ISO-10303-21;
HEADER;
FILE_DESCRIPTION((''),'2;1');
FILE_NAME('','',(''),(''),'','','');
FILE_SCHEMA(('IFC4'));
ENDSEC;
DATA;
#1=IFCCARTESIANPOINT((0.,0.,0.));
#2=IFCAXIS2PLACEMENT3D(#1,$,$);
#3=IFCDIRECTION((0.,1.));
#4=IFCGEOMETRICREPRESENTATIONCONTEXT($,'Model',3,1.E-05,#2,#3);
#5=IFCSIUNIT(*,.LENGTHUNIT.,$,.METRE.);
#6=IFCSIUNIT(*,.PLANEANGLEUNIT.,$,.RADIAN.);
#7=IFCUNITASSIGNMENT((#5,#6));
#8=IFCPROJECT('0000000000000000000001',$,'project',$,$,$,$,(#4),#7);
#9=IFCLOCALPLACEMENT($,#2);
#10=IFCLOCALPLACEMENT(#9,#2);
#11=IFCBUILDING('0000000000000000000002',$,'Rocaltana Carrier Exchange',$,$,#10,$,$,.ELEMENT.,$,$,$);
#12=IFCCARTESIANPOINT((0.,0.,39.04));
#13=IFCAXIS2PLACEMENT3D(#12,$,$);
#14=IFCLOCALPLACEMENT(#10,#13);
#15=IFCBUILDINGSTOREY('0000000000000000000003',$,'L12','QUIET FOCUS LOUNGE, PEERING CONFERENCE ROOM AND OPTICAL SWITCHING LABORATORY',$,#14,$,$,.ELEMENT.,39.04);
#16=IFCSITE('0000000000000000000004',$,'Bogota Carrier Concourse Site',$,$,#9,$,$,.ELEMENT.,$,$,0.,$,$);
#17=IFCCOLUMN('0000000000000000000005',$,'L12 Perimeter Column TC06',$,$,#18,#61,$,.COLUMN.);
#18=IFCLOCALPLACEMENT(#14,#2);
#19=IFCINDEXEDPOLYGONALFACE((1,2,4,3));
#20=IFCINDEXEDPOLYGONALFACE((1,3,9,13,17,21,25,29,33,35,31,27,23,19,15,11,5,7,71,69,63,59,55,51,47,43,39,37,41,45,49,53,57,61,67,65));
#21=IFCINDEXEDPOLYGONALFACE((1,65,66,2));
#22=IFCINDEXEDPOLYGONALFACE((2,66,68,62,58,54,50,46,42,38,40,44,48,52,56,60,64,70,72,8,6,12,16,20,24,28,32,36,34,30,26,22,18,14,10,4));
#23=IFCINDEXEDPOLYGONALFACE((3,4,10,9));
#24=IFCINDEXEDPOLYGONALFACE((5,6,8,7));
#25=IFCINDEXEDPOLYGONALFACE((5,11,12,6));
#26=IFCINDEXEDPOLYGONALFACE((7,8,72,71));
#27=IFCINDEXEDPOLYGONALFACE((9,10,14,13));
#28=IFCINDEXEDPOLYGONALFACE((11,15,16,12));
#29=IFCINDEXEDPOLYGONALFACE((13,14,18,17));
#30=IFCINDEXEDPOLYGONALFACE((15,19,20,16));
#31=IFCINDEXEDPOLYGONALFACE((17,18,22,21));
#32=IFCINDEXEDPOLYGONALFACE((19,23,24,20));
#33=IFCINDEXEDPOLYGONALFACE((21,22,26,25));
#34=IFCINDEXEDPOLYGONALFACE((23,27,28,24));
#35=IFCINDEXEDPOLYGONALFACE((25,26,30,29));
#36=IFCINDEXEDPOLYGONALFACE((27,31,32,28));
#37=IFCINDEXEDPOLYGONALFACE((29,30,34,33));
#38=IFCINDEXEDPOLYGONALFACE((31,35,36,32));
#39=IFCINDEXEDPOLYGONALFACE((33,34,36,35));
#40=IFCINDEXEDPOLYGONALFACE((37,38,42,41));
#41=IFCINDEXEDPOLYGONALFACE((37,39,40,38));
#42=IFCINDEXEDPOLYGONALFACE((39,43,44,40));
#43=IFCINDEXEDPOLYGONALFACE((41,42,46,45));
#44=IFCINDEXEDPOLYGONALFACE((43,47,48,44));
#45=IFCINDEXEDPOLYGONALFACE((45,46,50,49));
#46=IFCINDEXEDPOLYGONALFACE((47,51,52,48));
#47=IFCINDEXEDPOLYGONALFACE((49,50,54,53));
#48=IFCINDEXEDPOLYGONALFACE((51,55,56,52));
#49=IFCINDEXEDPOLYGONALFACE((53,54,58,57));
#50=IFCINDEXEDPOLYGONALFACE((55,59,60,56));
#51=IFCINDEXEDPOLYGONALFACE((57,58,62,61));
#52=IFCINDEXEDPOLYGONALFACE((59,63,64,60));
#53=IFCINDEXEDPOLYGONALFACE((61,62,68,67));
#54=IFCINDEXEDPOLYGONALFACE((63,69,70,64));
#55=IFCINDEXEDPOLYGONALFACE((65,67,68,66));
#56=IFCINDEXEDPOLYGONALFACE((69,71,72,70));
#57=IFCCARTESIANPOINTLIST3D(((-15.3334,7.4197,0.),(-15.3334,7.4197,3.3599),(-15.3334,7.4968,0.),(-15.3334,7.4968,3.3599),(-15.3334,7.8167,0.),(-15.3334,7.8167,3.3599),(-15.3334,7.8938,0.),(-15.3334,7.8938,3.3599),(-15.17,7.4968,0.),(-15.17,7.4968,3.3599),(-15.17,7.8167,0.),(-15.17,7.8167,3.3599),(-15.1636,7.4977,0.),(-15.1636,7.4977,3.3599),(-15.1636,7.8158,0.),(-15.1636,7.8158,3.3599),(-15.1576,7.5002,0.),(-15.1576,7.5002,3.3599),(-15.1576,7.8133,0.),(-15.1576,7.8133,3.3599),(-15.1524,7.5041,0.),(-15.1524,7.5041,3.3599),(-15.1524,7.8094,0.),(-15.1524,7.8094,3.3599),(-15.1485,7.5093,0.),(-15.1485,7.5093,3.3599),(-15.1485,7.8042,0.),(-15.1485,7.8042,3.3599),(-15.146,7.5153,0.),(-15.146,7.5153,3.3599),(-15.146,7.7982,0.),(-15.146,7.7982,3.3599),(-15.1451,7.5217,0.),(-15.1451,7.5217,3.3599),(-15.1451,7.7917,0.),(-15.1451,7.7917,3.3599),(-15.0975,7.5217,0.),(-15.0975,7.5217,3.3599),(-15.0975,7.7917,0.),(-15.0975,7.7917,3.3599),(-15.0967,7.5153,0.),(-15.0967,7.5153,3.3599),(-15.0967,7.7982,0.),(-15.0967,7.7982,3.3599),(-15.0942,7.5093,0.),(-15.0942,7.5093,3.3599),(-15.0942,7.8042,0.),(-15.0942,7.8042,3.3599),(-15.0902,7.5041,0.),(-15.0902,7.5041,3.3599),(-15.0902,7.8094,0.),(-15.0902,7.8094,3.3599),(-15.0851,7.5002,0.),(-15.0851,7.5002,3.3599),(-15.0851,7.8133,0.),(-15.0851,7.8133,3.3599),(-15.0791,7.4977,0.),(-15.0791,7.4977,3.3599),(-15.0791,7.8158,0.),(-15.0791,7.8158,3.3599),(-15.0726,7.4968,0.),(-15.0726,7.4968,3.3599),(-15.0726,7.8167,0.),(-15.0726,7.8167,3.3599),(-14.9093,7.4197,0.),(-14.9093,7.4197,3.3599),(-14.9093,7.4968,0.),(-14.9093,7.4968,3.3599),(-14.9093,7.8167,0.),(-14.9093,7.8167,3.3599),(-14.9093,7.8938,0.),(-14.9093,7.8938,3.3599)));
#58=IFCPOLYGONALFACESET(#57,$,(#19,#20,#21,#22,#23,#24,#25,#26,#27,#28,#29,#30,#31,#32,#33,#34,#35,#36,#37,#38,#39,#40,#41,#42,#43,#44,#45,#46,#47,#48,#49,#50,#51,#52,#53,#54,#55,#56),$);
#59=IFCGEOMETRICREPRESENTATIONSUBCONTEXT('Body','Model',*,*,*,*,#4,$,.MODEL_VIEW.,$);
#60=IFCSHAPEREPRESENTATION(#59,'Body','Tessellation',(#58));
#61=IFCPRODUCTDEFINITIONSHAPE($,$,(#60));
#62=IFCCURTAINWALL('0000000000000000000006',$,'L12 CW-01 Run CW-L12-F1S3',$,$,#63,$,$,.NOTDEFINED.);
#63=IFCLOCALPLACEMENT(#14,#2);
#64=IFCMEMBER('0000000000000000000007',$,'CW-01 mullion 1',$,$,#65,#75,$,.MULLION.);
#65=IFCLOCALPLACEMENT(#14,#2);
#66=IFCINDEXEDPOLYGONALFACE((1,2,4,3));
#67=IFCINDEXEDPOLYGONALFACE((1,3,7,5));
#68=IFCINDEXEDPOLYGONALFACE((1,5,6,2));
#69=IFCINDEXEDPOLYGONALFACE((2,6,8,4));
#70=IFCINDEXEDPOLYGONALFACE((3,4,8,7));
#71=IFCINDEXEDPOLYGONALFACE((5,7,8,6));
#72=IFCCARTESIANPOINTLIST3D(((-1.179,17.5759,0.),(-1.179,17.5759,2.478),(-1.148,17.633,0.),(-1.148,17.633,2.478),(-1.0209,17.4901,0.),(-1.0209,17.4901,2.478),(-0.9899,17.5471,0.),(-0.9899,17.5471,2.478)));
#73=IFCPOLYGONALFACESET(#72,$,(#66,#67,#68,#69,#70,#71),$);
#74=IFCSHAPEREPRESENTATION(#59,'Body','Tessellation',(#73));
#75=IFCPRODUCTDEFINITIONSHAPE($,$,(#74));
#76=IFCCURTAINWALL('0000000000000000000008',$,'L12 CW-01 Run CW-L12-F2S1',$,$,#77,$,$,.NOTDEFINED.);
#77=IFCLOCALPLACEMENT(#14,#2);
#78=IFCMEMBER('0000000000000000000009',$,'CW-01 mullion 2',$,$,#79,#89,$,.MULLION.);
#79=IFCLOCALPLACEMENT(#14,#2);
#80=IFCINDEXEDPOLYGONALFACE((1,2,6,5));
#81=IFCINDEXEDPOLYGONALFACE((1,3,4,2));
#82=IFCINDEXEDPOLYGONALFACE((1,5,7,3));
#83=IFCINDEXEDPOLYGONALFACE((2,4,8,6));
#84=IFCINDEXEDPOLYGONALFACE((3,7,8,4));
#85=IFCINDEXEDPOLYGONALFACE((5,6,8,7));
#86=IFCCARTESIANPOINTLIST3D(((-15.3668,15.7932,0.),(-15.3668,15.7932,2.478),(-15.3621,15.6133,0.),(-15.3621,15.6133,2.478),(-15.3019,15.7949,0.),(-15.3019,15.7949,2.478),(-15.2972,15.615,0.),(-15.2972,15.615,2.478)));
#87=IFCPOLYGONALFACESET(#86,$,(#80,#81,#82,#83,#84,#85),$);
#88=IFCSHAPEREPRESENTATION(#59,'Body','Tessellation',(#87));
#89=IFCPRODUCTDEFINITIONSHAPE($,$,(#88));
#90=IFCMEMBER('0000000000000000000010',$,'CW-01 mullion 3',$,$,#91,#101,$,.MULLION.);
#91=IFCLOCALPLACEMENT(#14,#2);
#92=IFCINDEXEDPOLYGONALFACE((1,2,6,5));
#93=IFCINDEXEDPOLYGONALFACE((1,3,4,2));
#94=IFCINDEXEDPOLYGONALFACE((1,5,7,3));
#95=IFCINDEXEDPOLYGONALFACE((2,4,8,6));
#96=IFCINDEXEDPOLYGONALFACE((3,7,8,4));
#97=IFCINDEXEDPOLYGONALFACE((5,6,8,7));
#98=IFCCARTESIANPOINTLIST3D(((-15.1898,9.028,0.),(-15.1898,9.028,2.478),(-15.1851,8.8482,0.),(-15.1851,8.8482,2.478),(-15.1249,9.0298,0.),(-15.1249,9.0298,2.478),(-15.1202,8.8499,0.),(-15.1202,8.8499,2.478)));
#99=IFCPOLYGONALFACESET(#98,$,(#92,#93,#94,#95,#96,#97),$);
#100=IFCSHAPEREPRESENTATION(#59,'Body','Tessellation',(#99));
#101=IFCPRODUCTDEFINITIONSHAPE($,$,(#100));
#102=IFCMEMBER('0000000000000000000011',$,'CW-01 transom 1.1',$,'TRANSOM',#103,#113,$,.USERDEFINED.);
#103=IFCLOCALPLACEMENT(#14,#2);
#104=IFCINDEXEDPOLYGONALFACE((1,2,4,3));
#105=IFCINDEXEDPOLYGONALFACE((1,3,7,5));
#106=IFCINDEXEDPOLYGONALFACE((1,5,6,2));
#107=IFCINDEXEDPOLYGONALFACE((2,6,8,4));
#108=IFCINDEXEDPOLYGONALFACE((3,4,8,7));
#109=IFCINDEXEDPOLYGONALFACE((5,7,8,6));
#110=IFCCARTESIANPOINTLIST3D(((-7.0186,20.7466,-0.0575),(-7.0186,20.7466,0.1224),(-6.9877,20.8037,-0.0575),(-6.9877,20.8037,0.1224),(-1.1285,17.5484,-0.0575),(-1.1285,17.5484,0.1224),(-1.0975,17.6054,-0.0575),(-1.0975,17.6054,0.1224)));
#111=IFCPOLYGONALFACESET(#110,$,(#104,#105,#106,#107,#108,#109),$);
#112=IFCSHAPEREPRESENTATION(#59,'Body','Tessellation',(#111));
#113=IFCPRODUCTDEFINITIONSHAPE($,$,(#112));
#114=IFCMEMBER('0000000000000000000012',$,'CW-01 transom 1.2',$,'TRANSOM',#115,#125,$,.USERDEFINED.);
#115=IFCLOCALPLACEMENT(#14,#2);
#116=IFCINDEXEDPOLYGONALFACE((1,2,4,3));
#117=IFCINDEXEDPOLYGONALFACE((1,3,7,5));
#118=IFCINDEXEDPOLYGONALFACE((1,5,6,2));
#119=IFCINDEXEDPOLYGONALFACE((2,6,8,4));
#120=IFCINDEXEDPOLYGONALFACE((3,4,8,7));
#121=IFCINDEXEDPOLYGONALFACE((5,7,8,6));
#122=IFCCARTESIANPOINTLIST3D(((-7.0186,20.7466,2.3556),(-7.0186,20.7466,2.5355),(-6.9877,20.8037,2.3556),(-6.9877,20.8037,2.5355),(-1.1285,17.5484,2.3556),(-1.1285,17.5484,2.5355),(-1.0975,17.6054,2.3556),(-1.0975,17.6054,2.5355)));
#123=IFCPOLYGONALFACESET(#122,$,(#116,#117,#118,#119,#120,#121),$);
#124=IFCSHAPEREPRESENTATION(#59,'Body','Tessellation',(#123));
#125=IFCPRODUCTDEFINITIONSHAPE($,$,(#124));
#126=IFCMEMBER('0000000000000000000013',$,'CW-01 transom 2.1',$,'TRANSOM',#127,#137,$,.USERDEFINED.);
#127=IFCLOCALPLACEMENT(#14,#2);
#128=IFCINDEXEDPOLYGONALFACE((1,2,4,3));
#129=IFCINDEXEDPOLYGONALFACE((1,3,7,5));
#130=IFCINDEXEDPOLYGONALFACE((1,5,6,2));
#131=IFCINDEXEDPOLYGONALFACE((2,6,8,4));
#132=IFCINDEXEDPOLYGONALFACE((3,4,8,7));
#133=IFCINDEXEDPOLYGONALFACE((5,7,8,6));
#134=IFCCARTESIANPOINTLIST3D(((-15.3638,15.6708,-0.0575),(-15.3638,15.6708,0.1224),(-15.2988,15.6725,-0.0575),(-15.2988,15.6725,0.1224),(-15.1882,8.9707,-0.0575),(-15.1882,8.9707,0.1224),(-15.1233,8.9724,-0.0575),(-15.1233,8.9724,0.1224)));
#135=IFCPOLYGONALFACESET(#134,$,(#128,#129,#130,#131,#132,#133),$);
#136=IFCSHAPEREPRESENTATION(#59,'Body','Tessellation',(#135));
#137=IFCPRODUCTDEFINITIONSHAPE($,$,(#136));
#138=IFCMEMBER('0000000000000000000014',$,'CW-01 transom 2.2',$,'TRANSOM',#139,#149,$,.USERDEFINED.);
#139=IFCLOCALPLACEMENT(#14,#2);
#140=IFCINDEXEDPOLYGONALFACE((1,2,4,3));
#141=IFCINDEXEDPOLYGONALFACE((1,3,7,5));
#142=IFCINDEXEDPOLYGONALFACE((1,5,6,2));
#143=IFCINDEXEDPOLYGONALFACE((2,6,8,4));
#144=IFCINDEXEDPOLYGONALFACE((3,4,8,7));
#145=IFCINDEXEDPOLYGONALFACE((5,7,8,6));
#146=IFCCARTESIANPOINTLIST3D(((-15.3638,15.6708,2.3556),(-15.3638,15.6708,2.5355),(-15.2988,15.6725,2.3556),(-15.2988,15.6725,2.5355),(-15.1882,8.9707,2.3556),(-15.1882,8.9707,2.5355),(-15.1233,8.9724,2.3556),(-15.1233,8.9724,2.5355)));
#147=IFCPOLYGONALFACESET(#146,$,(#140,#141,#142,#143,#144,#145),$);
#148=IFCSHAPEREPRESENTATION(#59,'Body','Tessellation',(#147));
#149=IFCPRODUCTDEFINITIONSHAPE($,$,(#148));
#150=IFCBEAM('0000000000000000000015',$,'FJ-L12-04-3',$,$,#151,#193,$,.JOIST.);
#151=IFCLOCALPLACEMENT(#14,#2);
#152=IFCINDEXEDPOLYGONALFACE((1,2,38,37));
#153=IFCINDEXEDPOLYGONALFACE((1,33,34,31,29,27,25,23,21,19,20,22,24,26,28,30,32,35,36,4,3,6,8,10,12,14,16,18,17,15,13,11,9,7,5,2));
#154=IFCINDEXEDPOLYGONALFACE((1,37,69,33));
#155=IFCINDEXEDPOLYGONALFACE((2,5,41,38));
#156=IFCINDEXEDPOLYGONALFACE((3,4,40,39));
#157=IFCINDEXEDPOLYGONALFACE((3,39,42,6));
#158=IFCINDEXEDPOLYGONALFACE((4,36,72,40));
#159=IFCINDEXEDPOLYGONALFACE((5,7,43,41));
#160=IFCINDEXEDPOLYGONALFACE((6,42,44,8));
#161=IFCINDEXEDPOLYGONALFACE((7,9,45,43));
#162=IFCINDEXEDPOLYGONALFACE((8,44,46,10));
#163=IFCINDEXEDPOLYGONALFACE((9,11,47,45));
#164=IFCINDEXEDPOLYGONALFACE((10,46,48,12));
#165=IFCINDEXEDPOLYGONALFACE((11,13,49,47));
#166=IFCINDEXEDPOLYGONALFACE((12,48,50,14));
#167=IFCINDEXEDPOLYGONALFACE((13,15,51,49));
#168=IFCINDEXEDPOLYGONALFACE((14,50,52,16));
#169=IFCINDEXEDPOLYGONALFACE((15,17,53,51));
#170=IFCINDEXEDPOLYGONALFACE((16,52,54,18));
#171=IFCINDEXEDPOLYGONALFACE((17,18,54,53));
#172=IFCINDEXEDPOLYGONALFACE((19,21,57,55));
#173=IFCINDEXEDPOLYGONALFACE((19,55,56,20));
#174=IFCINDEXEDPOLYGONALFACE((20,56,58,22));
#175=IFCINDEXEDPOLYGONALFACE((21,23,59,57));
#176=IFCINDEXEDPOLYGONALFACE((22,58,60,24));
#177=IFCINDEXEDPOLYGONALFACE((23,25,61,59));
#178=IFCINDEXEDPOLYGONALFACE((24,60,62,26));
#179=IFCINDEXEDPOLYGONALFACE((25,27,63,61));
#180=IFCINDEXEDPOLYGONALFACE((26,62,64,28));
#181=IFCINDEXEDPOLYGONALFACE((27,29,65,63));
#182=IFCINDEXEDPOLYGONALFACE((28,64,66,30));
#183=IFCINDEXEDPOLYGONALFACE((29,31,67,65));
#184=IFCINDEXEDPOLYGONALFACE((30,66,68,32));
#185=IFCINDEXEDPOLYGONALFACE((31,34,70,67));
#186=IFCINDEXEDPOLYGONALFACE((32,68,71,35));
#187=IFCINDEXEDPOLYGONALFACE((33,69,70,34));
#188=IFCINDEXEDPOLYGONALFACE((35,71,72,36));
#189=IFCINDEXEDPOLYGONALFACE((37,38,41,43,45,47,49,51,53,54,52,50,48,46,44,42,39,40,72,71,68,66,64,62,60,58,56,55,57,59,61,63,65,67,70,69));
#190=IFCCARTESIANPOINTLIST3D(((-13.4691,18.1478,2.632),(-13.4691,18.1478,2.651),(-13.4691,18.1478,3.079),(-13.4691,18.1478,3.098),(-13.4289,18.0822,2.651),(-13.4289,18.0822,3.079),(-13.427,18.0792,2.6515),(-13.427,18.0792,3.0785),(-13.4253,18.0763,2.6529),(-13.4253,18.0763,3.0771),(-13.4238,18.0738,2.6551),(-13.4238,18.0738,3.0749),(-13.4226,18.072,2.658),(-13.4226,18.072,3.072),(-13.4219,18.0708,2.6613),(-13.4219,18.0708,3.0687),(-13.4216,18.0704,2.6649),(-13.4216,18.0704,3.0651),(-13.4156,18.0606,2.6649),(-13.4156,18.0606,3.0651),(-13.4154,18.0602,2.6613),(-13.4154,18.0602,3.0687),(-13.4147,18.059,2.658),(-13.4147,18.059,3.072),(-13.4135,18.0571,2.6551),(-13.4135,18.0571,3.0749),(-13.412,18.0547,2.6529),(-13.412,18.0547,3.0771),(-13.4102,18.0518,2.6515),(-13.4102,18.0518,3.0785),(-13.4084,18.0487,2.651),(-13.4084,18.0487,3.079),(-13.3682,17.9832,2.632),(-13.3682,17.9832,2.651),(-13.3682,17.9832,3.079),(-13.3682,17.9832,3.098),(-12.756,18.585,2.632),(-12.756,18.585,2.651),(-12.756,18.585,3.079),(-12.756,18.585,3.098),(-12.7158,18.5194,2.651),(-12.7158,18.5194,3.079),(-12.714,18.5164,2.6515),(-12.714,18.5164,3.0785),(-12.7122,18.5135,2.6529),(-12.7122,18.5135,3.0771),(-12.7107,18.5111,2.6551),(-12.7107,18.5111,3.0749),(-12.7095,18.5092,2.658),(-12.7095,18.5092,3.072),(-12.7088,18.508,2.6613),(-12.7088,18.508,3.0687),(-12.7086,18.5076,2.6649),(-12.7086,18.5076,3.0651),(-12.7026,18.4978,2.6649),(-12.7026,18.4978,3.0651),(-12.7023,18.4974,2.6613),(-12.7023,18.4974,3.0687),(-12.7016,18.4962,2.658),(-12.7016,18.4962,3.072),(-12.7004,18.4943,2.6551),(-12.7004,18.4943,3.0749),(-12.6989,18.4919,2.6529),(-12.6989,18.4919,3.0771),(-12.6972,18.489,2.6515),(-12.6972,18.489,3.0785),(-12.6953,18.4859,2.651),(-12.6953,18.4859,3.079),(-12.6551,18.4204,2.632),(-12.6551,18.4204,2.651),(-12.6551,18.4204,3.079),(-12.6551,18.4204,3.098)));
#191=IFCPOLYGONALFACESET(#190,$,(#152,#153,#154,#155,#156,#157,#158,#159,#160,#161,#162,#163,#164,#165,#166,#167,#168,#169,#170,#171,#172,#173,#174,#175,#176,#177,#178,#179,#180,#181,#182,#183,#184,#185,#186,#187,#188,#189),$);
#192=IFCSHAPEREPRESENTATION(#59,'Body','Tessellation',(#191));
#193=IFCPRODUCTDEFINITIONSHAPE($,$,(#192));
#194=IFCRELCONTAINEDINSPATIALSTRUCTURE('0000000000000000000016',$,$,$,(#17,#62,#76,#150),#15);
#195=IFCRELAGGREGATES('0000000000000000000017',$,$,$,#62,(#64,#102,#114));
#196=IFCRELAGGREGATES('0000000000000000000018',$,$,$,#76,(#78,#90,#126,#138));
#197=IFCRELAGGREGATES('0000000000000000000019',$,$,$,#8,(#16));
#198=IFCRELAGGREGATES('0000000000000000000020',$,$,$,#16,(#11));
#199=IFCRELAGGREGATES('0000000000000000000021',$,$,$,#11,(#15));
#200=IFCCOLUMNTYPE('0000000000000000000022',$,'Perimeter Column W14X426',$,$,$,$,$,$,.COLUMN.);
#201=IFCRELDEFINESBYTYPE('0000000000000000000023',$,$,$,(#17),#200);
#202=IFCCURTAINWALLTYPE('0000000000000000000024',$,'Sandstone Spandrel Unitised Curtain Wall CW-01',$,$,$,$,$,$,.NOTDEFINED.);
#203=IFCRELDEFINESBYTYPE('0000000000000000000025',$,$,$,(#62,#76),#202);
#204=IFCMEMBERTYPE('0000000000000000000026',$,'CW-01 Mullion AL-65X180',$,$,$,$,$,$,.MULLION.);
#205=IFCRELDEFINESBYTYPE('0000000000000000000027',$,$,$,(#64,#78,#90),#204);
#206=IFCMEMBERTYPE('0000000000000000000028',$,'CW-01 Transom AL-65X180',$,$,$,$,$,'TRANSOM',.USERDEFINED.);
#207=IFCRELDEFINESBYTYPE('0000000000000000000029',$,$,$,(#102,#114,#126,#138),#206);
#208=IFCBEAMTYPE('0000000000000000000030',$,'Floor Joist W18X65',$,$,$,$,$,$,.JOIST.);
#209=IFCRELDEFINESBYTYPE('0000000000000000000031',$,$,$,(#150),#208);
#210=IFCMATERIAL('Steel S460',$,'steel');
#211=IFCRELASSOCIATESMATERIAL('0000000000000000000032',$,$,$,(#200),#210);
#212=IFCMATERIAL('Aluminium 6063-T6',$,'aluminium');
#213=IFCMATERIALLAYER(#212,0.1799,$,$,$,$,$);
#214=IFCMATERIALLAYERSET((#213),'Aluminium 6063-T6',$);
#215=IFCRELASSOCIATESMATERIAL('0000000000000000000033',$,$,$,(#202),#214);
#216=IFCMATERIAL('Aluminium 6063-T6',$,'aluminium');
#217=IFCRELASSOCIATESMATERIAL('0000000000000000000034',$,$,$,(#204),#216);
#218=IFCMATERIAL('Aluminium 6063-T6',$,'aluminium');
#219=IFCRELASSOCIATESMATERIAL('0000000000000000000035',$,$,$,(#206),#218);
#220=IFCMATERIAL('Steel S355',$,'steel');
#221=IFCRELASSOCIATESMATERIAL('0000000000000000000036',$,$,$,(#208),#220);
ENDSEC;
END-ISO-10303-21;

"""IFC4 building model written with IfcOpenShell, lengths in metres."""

from ifc_helpers import new_model, si_unit, direction, frame, origin, origin_2d, place, context, subcontext, project, spatial, rectangle, i_section, extrude, material, layer, layer_set, material_profile, profile_set, type_object, element, aggregate, save


model = new_model("IFC4")

# Units and contexts
model_context = context("Model", 3, precision=1e-05, world=origin(), true_north=direction((0.0, 1.0)))
body_context = subcontext(model_context, "Body", "Model", "MODEL_VIEW")
ifc_project = project(units=[si_unit("LENGTHUNIT", "METRE"), si_unit("PLANEANGLEUNIT", "RADIAN")], contexts=[model_context])

# Site, building, storey
site_placement = place(None, origin())
site = spatial("IfcSite", under=ifc_project, at=site_placement, Name="Bogota Carrier Concourse Site", CompositionType="ELEMENT", RefElevation=0.0)
building_placement = place(site_placement, origin())
building = spatial("IfcBuilding", under=site, at=building_placement, Name="Rocaltana Carrier Exchange", CompositionType="ELEMENT")
storey_placement = place(building_placement, frame((0.0, 0.0, 39.04)))
storey = spatial("IfcBuildingStorey", under=building, at=storey_placement, Name="L12", Description="QUIET FOCUS LOUNGE, PEERING CONFERENCE ROOM AND OPTICAL SWITCHING LABORATORY", CompositionType="ELEMENT", Elevation=39.04)

# Column
ifc_material_1 = material(Name="Steel S460", Category="steel")
ifc_material_profile_1 = material_profile(ifc_material_1, i_section(OverallWidth=0.4241, OverallDepth=0.4741, WebThickness=0.0476, FlangeThickness=0.0771, FilletRadius=0.0249, at=origin_2d()), Name="W14X426")
ifc_profile_set_1 = profile_set([ifc_material_profile_1], Name="Steel S460")
column_type = type_object("IfcColumnType", Name="Perimeter Column W14X426", PredefinedType="COLUMN", material=ifc_profile_set_1)
column_placement = place(storey_placement, frame((-15.1213, 7.6567, 0.0), z_axis=(0.0, 0.0, 1.0), x_axis=(1.0, 0.0, 0.0)))
element("IfcColumn", 1, at=column_placement, inside=storey, type_object=column_type, Name="L12 Perimeter Column TC06", PredefinedType="COLUMN", context=body_context, shape_type="SweptSolid", body=[
    extrude(i_section(OverallWidth=0.4241, OverallDepth=0.4741, WebThickness=0.0476, FlangeThickness=0.0771, FilletRadius=0.0249, at=origin_2d()), origin(), (0.0, 0.0, 1.0), 3.3599),
])

# Curtain wall, member
ifc_material_2 = material(Name="Aluminium 6063-T6", Category="aluminium")
ifc_layer_1 = layer(ifc_material_2, 0.1799)
ifc_layer_set_1 = layer_set([ifc_layer_1], Name="Aluminium 6063-T6")
curtain_wall_type = type_object("IfcCurtainWallType", Name="Sandstone Spandrel Unitised Curtain Wall CW-01", PredefinedType="NOTDEFINED", material=ifc_layer_set_1)
curtain_wall_1_placement = place(storey_placement, origin())
curtain_wall_1 = element("IfcCurtainWall", 2, at=curtain_wall_1_placement, inside=storey, type_object=curtain_wall_type, Name="L12 CW-01 Run CW-L12-F1S3", PredefinedType="NOTDEFINED")
ifc_material_3 = material(Name="Aluminium 6063-T6", Category="aluminium")
ifc_material_profile_2 = material_profile(ifc_material_3, rectangle(XDim=0.0649, YDim=0.1799, at=origin_2d()), Name="AL-65X180")
ifc_profile_set_2 = profile_set([ifc_material_profile_2], Name="Aluminium 6063-T6")
member_type_1 = type_object("IfcMemberType", Name="CW-01 Mullion AL-65X180", PredefinedType="MULLION", material=ifc_profile_set_2)
member_1_placement = place(storey_placement, frame((-1.0845, 17.5615, 0.0), z_axis=(0.0, 0.0, 1.0), x_axis=(-0.477156, -0.878819, 0.0)))
member_1 = element("IfcMember", 3, at=member_1_placement, type_object=member_type_1, Name="CW-01 mullion 1", PredefinedType="MULLION", context=body_context, shape_type="SweptSolid", body=[
    extrude(rectangle(XDim=0.0649, YDim=0.1799, at=origin_2d()), origin(), (0.0, 0.0, 1.0), 2.478),
])

# Curtain wall, members
curtain_wall_2_placement = place(storey_placement, origin())
curtain_wall_2 = element("IfcCurtainWall", 4, at=curtain_wall_2_placement, inside=storey, type_object=curtain_wall_type, Name="L12 CW-01 Run CW-L12-F2S1", PredefinedType="NOTDEFINED")
member_2_placement = place(storey_placement, frame((-15.332, 15.7041, 0.0), z_axis=(0.0, 0.0, 1.0), x_axis=(0.999657, 0.026184, 0.0)))
member_2 = element("IfcMember", 5, at=member_2_placement, type_object=member_type_1, Name="CW-01 mullion 2", PredefinedType="MULLION", context=body_context, shape_type="SweptSolid", body=[
    extrude(rectangle(XDim=0.0649, YDim=0.1799, at=origin_2d()), origin(), (0.0, 0.0, 1.0), 2.478),
])
member_3_placement = place(storey_placement, frame((-15.155, 8.939, 0.0), z_axis=(0.0, 0.0, 1.0), x_axis=(0.999657, 0.026184, 0.0)))
member_3 = element("IfcMember", 6, at=member_3_placement, type_object=member_type_1, Name="CW-01 mullion 3", PredefinedType="MULLION", context=body_context, shape_type="SweptSolid", body=[
    extrude(rectangle(XDim=0.0649, YDim=0.1799, at=origin_2d()), origin(), (0.0, 0.0, 1.0), 2.478),
])

# Members
ifc_material_4 = material(Name="Aluminium 6063-T6", Category="aluminium")
ifc_material_profile_3 = material_profile(ifc_material_4, rectangle(XDim=0.0649, YDim=0.1799, at=origin_2d()), Name="AL-65X180")
ifc_profile_set_3 = profile_set([ifc_material_profile_3], Name="Aluminium 6063-T6")
member_type_2 = type_object("IfcMemberType", Name="CW-01 Transom AL-65X180", ElementType="TRANSOM", PredefinedType="USERDEFINED", material=ifc_profile_set_3)
member_4_placement = place(storey_placement, frame((-1.113, 17.5769, 0.0325), z_axis=(-0.878807, 0.477177, 0.0), x_axis=(-0.477177, -0.878807, 0.0)))
member_4 = element("IfcMember", 7, at=member_4_placement, type_object=member_type_2, Name="CW-01 transom 1.1", ObjectType="TRANSOM", PredefinedType="USERDEFINED", context=body_context, shape_type="SweptSolid", body=[
    extrude(rectangle(XDim=0.0649, YDim=0.1799, at=origin_2d()), origin(), (0.0, 0.0, 1.0), 6.7024),
])
member_5_placement = place(storey_placement, frame((-1.113, 17.5769, 2.4456), z_axis=(-0.878807, 0.477177, 0.0), x_axis=(-0.477177, -0.878807, 0.0)))
member_5 = element("IfcMember", 8, at=member_5_placement, type_object=member_type_2, Name="CW-01 transom 1.2", ObjectType="TRANSOM", PredefinedType="USERDEFINED", context=body_context, shape_type="SweptSolid", body=[
    extrude(rectangle(XDim=0.0649, YDim=0.1799, at=origin_2d()), origin(), (0.0, 0.0, 1.0), 6.7024),
])
member_6_placement = place(storey_placement, frame((-15.3313, 15.6716, 0.0325), z_axis=(0.02619, -0.999657, 0.0), x_axis=(0.999657, 0.02619, 0.0)))
member_6 = element("IfcMember", 9, at=member_6_placement, type_object=member_type_2, Name="CW-01 transom 2.1", ObjectType="TRANSOM", PredefinedType="USERDEFINED", context=body_context, shape_type="SweptSolid", body=[
    extrude(rectangle(XDim=0.0649, YDim=0.1799, at=origin_2d()), origin(), (0.0, 0.0, 1.0), 6.7024),
])
member_7_placement = place(storey_placement, frame((-15.3313, 15.6716, 2.4456), z_axis=(0.02619, -0.999657, 0.0), x_axis=(0.999657, 0.02619, 0.0)))
member_7 = element("IfcMember", 10, at=member_7_placement, type_object=member_type_2, Name="CW-01 transom 2.2", ObjectType="TRANSOM", PredefinedType="USERDEFINED", context=body_context, shape_type="SweptSolid", body=[
    extrude(rectangle(XDim=0.0649, YDim=0.1799, at=origin_2d()), origin(), (0.0, 0.0, 1.0), 6.7024),
])

# Beam
ifc_material_5 = material(Name="Steel S355", Category="steel")
ifc_material_profile_4 = material_profile(ifc_material_5, i_section(OverallWidth=0.1931, OverallDepth=0.4661, WebThickness=0.0115, FlangeThickness=0.019, FilletRadius=0.0139, at=origin_2d()), Name="W18X65")
ifc_profile_set_4 = profile_set([ifc_material_profile_4], Name="Steel S355")
beam_type_1 = type_object("IfcBeamType", Name="Floor Joist W18X65", PredefinedType="JOIST", material=ifc_profile_set_4)
beam_1_placement = place(storey_placement, frame((-12.7056, 18.5027, 2.865), z_axis=(-0.852509, -0.522713, 0.0), x_axis=(0.522713, -0.852509, 0.0)))
element("IfcBeam", 11, at=beam_1_placement, inside=storey, type_object=beam_type_1, Name="FJ-L12-04-3", PredefinedType="JOIST", context=body_context, shape_type="SweptSolid", body=[
    extrude(i_section(OverallWidth=0.1931, OverallDepth=0.4661, WebThickness=0.0115, FlangeThickness=0.019, FilletRadius=0.0139, at=origin_2d()), origin(), (0.0, 0.0, 1.0), 0.8364),
])

aggregate(curtain_wall_1, [member_1, member_4, member_5])
aggregate(curtain_wall_2, [member_2, member_3, member_6, member_7])

save(model, "model.ifc")
